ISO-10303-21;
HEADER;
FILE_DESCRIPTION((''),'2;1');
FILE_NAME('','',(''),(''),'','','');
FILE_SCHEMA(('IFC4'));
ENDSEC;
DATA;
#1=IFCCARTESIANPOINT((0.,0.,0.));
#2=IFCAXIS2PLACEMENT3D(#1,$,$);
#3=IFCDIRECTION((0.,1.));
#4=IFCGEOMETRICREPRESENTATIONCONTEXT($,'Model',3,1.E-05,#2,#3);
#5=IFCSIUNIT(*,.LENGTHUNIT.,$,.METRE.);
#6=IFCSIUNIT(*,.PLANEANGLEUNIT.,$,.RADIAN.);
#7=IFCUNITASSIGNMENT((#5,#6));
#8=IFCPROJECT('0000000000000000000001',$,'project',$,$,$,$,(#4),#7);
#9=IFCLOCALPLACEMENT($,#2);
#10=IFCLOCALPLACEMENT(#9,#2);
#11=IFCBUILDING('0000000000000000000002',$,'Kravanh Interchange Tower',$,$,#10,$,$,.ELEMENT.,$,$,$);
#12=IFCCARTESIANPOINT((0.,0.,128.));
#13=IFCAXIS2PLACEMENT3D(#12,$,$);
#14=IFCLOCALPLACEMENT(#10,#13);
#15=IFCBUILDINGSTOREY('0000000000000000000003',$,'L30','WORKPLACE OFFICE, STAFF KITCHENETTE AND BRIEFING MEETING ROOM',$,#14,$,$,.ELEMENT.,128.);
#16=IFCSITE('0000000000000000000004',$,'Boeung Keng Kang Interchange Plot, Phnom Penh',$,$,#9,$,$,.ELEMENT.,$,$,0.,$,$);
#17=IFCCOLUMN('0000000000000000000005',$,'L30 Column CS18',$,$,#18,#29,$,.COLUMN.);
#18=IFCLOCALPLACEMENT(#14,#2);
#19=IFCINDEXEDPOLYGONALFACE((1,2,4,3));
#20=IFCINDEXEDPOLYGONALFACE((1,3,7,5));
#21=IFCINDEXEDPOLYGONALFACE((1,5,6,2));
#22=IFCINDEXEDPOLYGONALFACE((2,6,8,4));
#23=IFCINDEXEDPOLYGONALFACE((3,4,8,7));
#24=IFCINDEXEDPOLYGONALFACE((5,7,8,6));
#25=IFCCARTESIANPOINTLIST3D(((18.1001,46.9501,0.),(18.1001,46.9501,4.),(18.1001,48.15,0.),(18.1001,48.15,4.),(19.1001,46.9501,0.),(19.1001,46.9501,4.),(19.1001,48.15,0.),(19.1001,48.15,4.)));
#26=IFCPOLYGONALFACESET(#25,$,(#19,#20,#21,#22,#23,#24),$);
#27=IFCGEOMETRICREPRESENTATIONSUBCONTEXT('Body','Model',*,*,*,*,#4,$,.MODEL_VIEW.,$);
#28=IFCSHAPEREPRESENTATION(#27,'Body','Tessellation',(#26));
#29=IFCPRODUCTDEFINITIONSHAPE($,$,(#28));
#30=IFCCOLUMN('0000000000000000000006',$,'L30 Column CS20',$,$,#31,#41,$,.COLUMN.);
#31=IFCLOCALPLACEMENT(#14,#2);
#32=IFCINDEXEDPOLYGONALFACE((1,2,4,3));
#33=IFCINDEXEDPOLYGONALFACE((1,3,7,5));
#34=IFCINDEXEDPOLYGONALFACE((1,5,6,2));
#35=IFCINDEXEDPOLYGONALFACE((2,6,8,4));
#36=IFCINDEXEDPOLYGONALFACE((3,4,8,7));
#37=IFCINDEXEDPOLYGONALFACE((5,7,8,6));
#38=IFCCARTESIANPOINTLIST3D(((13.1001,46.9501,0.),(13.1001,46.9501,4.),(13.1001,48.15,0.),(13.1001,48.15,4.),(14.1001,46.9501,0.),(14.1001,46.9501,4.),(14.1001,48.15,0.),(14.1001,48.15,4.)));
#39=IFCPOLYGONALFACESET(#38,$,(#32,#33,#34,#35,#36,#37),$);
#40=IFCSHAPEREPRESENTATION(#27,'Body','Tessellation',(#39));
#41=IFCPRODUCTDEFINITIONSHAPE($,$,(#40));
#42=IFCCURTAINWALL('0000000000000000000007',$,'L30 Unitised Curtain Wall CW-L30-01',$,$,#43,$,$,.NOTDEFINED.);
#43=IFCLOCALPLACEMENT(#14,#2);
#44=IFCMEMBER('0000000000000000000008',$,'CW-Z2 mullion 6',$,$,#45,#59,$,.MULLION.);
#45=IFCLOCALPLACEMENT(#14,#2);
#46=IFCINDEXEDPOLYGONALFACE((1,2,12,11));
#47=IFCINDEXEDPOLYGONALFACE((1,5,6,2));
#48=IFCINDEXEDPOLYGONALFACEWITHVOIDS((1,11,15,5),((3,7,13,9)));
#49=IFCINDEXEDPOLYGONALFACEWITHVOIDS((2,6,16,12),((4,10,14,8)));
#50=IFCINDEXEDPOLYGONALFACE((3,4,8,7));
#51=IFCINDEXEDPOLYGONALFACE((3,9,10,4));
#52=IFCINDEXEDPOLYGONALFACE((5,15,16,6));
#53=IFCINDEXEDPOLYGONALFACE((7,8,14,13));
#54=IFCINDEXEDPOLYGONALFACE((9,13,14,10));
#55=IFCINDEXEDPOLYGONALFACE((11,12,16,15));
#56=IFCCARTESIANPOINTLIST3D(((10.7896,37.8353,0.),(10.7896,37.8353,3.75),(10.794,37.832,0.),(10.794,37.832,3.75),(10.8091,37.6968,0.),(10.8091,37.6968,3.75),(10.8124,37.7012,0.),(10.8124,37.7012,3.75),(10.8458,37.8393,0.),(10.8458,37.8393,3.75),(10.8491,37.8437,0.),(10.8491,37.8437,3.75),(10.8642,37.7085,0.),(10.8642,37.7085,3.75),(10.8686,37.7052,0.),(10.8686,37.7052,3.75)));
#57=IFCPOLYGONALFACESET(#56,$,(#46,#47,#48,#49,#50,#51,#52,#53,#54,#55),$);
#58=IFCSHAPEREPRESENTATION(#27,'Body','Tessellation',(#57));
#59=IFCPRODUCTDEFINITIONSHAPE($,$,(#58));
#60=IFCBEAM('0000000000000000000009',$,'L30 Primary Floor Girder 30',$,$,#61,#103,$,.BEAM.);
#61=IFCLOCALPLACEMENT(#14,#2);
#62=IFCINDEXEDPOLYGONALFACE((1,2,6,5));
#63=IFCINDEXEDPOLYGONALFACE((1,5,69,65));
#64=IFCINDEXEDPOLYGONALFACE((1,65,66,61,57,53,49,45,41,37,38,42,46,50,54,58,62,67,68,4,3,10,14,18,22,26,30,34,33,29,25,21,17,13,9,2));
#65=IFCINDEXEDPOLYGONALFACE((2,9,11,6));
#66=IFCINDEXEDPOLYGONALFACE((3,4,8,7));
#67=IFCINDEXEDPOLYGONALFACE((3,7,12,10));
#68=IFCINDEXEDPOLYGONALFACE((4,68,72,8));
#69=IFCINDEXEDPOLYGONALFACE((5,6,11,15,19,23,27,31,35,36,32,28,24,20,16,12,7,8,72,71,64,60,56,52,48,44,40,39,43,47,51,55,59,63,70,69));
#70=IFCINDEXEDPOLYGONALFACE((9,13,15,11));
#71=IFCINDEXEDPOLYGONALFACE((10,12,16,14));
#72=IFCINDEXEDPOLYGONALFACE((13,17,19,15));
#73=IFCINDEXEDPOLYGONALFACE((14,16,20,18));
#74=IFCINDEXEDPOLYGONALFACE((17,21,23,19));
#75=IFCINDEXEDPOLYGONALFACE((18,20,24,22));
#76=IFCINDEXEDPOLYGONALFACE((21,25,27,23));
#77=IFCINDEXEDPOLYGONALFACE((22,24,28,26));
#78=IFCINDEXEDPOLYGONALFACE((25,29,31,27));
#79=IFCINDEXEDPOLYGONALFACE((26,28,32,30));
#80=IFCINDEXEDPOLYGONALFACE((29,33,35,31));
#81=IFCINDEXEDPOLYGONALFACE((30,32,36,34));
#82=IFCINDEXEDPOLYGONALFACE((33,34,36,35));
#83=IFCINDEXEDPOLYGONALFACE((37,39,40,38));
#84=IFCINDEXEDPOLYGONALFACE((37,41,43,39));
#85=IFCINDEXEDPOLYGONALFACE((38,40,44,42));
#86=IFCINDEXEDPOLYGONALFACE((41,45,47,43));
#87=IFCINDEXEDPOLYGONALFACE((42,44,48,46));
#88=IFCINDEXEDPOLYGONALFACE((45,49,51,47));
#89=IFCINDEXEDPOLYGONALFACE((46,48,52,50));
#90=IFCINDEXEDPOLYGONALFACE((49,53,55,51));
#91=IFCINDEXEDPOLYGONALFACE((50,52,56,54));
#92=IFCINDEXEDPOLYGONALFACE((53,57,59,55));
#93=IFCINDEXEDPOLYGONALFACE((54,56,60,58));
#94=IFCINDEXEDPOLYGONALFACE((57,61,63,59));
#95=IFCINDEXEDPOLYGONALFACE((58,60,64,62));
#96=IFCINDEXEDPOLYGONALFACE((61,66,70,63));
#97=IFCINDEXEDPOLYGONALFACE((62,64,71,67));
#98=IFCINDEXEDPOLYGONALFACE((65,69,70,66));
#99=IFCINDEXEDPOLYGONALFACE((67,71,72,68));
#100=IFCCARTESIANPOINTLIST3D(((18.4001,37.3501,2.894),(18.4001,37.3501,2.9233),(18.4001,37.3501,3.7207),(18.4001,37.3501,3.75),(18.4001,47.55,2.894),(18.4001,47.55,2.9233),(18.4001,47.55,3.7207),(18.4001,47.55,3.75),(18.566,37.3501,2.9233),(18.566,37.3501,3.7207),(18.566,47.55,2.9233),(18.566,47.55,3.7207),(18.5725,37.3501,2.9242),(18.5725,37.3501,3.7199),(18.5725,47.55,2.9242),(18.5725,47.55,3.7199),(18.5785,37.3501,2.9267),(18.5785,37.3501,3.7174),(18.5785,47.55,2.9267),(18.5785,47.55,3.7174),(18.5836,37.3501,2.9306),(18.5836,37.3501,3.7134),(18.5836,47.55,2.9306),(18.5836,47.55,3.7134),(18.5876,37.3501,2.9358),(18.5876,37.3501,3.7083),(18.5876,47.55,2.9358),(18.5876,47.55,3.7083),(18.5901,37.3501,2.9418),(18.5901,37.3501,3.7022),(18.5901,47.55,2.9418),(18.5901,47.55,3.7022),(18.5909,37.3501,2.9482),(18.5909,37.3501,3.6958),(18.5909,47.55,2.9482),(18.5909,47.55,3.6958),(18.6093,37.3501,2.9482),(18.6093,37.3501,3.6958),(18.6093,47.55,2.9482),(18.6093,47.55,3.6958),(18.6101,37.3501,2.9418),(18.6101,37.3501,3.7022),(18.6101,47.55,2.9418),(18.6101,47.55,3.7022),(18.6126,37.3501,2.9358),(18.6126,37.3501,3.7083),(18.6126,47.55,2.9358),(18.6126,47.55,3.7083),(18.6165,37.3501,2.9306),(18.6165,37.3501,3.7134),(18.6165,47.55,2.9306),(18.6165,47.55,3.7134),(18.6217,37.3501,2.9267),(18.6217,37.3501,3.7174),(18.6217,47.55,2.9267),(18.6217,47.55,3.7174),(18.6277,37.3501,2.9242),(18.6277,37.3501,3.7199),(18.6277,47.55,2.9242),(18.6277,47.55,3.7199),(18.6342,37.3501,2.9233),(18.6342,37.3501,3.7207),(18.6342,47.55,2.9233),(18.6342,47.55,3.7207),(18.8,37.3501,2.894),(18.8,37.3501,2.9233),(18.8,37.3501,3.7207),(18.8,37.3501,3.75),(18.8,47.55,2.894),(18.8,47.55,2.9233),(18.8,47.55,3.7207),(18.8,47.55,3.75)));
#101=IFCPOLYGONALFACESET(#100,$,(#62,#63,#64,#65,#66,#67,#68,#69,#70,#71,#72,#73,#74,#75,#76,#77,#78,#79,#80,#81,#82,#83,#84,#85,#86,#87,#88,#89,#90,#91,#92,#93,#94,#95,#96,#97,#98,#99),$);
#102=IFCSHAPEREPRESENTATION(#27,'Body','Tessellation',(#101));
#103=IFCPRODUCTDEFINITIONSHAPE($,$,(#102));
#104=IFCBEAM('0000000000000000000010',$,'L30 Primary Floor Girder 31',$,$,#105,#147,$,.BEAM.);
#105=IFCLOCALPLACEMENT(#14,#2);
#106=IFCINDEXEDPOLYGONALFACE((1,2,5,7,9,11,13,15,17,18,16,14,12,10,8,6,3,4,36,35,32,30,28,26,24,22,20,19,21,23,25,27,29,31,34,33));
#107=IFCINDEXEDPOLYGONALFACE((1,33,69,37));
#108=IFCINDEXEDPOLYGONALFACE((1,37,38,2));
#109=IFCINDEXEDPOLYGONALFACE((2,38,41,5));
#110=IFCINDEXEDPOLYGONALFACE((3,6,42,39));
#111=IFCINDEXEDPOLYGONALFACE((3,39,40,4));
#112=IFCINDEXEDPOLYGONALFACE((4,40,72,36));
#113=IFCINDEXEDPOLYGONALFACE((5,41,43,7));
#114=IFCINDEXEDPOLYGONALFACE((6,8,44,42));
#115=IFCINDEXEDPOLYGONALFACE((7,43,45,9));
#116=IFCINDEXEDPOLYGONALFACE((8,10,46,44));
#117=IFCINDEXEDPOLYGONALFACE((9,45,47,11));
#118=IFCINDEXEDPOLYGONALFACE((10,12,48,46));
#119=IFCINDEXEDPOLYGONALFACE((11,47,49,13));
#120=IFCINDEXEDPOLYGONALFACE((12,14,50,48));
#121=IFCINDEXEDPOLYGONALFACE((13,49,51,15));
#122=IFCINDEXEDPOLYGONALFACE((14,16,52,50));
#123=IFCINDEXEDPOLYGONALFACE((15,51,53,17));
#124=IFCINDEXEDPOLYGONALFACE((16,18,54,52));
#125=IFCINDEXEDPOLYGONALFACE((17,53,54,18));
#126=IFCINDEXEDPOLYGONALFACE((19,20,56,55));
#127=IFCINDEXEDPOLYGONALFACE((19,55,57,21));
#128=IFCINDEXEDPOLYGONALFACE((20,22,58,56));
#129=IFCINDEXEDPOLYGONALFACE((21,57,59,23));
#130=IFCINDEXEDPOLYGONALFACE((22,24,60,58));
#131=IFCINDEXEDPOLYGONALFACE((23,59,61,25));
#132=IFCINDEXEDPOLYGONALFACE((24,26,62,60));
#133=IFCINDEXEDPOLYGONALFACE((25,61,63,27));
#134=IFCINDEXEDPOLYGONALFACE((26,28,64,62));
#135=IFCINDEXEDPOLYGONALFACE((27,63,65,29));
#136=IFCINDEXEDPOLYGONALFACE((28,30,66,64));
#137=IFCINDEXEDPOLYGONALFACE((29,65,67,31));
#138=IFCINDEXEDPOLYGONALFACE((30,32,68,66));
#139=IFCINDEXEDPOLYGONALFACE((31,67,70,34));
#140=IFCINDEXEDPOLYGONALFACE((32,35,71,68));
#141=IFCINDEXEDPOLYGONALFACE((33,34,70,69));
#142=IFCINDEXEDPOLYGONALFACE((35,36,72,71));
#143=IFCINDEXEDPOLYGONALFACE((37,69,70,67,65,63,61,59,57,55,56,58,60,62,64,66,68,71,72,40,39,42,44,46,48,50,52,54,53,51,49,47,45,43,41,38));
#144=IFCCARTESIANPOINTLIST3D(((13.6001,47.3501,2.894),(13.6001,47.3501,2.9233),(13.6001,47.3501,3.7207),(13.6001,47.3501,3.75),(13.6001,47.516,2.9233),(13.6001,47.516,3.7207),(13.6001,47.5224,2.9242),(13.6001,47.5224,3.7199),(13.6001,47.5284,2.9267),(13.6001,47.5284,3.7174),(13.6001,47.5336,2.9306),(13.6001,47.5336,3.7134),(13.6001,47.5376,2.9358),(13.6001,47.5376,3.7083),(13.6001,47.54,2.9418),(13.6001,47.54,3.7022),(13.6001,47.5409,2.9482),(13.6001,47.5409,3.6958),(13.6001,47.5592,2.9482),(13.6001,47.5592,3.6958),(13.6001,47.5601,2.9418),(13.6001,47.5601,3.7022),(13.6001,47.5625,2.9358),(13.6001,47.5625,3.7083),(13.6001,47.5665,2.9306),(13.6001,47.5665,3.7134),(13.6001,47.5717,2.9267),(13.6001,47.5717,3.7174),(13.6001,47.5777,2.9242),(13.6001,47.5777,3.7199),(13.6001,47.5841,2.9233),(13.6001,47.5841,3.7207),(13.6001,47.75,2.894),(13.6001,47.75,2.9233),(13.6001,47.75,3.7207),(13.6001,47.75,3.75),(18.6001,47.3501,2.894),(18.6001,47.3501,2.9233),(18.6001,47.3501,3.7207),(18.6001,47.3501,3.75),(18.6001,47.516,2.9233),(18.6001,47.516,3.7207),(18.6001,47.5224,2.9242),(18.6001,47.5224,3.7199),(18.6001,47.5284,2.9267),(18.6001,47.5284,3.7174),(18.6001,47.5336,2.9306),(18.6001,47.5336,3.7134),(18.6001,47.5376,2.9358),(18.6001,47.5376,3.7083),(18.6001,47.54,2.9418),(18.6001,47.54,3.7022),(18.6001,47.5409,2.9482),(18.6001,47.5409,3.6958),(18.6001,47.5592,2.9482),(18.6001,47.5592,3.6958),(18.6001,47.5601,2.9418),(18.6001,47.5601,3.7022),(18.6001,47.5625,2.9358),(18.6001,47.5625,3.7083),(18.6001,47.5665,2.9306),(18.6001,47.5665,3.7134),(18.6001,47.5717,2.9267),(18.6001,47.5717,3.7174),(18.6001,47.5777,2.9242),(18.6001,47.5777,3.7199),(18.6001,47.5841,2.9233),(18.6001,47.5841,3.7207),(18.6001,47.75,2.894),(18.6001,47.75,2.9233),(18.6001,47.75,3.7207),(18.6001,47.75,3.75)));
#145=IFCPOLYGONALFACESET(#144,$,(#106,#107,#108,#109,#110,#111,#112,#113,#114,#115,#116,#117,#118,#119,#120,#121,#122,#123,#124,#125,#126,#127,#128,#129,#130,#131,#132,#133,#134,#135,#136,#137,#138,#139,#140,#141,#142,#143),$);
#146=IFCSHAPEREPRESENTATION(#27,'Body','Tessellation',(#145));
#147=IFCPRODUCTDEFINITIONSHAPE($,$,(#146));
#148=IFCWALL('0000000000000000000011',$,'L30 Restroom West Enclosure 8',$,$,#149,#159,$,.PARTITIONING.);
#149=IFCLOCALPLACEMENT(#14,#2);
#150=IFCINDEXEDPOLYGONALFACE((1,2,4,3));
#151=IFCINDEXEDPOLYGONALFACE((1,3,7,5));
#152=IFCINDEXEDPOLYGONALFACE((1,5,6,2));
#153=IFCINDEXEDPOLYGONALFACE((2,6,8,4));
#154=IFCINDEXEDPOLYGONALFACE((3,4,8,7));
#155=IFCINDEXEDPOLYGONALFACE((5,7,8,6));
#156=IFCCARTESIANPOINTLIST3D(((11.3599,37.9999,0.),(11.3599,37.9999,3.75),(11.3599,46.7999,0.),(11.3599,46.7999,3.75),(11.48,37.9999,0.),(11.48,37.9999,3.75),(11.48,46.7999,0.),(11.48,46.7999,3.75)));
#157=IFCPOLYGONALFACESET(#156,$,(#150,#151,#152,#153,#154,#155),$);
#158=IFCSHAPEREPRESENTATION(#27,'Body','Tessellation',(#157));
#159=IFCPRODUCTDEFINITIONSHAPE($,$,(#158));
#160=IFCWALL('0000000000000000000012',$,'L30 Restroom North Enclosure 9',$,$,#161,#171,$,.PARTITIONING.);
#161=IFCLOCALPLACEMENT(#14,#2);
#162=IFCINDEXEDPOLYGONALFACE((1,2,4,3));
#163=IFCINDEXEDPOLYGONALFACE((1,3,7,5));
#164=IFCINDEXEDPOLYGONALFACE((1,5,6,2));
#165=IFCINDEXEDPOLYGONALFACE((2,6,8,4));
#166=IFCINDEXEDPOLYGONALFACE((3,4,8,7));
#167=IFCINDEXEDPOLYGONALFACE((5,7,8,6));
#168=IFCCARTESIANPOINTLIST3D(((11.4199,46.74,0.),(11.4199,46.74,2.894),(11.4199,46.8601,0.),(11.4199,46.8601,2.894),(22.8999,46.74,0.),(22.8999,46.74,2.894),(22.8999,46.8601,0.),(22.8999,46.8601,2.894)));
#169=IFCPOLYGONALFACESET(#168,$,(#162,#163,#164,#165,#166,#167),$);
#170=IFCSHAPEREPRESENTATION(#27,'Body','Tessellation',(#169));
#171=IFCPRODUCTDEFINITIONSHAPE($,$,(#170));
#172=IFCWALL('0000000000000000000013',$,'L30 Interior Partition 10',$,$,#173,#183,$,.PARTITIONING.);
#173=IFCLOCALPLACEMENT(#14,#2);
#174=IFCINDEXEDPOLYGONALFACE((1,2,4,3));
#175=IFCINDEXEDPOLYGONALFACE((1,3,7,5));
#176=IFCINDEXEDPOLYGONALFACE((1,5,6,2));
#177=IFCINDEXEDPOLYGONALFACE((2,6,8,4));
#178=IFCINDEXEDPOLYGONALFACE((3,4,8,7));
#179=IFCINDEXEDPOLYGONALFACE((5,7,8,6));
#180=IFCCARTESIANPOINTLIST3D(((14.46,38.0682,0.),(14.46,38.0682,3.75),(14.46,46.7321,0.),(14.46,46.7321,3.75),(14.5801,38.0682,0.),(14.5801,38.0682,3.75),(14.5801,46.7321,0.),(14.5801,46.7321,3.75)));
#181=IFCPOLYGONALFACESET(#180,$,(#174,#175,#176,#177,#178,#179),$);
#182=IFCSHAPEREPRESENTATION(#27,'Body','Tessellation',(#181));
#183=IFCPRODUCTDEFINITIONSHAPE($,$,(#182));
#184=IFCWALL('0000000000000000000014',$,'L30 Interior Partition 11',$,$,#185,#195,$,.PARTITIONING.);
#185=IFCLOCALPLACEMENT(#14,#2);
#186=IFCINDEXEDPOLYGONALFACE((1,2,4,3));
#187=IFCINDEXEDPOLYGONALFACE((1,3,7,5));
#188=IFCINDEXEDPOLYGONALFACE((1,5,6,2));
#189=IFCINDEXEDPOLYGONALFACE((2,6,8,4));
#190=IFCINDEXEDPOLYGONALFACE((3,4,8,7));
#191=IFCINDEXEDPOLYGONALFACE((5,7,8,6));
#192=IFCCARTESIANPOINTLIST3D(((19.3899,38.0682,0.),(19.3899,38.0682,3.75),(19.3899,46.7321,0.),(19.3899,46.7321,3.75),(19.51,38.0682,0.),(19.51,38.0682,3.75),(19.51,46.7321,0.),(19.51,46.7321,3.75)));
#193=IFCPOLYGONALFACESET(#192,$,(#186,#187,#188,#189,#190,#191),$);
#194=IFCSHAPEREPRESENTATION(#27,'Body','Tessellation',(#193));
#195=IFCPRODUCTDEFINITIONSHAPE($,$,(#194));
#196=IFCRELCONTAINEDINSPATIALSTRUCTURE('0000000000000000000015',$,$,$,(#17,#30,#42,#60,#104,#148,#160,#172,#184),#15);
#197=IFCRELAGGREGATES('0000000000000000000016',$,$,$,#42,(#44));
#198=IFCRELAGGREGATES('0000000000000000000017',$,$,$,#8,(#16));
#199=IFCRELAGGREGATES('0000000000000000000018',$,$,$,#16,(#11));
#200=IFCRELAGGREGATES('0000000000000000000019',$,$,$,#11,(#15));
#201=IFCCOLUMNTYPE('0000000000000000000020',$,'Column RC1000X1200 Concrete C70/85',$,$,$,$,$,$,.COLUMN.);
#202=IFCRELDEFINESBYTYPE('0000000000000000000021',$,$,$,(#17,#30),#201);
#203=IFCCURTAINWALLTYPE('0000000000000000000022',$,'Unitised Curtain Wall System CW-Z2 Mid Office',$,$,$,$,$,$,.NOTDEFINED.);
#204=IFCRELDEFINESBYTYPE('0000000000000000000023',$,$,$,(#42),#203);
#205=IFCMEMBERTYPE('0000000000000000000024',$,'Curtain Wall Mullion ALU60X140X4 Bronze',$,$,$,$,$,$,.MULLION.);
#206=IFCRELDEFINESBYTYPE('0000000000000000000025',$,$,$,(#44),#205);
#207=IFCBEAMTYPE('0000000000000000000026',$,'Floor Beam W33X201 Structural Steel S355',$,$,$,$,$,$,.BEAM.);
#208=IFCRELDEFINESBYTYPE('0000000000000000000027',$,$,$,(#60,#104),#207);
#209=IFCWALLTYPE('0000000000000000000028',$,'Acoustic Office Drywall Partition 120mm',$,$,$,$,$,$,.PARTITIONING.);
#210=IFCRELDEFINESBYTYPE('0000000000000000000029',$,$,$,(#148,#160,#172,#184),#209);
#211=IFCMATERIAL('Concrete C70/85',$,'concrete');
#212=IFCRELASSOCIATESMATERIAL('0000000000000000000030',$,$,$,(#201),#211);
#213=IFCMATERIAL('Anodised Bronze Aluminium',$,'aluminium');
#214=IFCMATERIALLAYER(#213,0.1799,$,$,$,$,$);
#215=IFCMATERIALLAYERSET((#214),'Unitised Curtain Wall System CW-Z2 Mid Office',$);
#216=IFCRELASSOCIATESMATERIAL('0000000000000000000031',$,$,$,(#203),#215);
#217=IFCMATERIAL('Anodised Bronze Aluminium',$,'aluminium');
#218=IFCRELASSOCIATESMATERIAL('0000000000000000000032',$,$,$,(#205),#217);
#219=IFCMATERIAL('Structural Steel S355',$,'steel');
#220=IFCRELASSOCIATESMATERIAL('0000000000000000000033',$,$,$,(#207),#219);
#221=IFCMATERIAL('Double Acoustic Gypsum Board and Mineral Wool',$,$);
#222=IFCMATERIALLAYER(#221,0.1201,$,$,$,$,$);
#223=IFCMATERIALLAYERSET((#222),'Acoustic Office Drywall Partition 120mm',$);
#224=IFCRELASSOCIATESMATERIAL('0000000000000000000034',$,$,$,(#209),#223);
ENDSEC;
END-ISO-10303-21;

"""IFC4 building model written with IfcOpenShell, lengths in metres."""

from ifc_helpers import new_model, si_unit, direction, frame, frame_2d, origin, origin_2d, place, context, subcontext, project, spatial, rectangle, hollow_rectangle, i_section, extrude, material, layer, layer_set, material_profile, profile_set, type_object, element, aggregate, save


model = new_model("IFC4")

# Units and contexts
model_context = context("Model", 3, precision=1e-05, world=origin(), true_north=direction((0.0, 1.0)))
body_context = subcontext(model_context, "Body", "Model", "MODEL_VIEW")
ifc_project = project(units=[si_unit("LENGTHUNIT", "METRE"), si_unit("PLANEANGLEUNIT", "RADIAN")], contexts=[model_context])

# Site, building, storey
site_placement = place(None, origin())
site = spatial("IfcSite", under=ifc_project, at=site_placement, Name="Boeung Keng Kang Interchange Plot, Phnom Penh", CompositionType="ELEMENT", RefElevation=0.0)
building_placement = place(site_placement, origin())
building = spatial("IfcBuilding", under=site, at=building_placement, Name="Kravanh Interchange Tower", CompositionType="ELEMENT")
storey_placement = place(building_placement, frame((0.0, 0.0, 128.0)))
storey = spatial("IfcBuildingStorey", under=building, at=storey_placement, Name="L30", Description="WORKPLACE OFFICE, STAFF KITCHENETTE AND BRIEFING MEETING ROOM", CompositionType="ELEMENT", Elevation=128.0)

# Columns
ifc_material_1 = material(Name="Concrete C70/85", Category="concrete")
ifc_material_profile_1 = material_profile(ifc_material_1, rectangle(XDim=1.0, YDim=1.2, at=origin_2d()), Name="RC1000X1200")
ifc_profile_set_1 = profile_set([ifc_material_profile_1], Name="Concrete C70/85")
column_type = type_object("IfcColumnType", Name="Column RC1000X1200 Concrete C70/85", PredefinedType="COLUMN", material=ifc_profile_set_1)
for number, where, z_axis, x_axis, name in (
    (1, (18.6001, 47.55, 0.0), (0.0, 0.0, 1.0), (1.0, 0.0, 0.0), "L30 Column CS18"),
    (2, (13.6001, 47.55, 0.0), (0.0, 0.0, 1.0), (1.0, 0.0, 0.0), "L30 Column CS20"),
):
    element("IfcColumn", number, at=place(storey_placement, frame(where, z_axis=z_axis, x_axis=x_axis)), inside=storey, type_object=column_type, Name=name, PredefinedType="COLUMN", context=body_context, shape_type="SweptSolid", body=[
        extrude(rectangle(XDim=1.0, YDim=1.2, at=origin_2d()), origin(), (0.0, 0.0, 1.0), 4.0),
    ])

# Curtain wall, member
ifc_material_2 = material(Name="Anodised Bronze Aluminium", Category="aluminium")
ifc_layer_1 = layer(ifc_material_2, 0.1799)
ifc_layer_set_1 = layer_set([ifc_layer_1], Name="Unitised Curtain Wall System CW-Z2 Mid Office")
curtain_wall_type = type_object("IfcCurtainWallType", Name="Unitised Curtain Wall System CW-Z2 Mid Office", PredefinedType="NOTDEFINED", material=ifc_layer_set_1)
curtain_wall_placement = place(storey_placement, origin())
curtain_wall = element("IfcCurtainWall", 3, at=curtain_wall_placement, inside=storey, type_object=curtain_wall_type, Name="L30 Unitised Curtain Wall CW-L30-01", PredefinedType="NOTDEFINED")
ifc_material_3 = material(Name="Anodised Bronze Aluminium", Category="aluminium")
ifc_material_profile_2 = material_profile(ifc_material_3, hollow_rectangle(XDim=0.0601, YDim=0.1399, WallThickness=0.0039, at=origin_2d()), Name="ALU60X140X4")
ifc_profile_set_2 = profile_set([ifc_material_profile_2], Name="Anodised Bronze Aluminium")
member_type = type_object("IfcMemberType", Name="Curtain Wall Mullion ALU60X140X4 Bronze", PredefinedType="MULLION", material=ifc_profile_set_2)
member_placement = place(storey_placement, frame((10.8291, 37.7703, 0.0), z_axis=(0.0, 0.0, 1.0), x_axis=(-0.990268, -0.139173, 0.0)))
member = element("IfcMember", 4, at=member_placement, type_object=member_type, Name="CW-Z2 mullion 6", PredefinedType="MULLION", context=body_context, shape_type="SweptSolid", body=[
    extrude(hollow_rectangle(XDim=0.0601, YDim=0.1399, WallThickness=0.0039, at=origin_2d()), origin(), (0.0, 0.0, 1.0), 3.75),
])
aggregate(curtain_wall, [member])

# Beams
ifc_material_4 = material(Name="Structural Steel S355", Category="steel")
ifc_material_profile_3 = material_profile(ifc_material_4, i_section(OverallWidth=0.3999, OverallDepth=0.856, WebThickness=0.0183, FlangeThickness=0.0293, FilletRadius=0.0249, at=origin_2d()), Name="W33X201")
ifc_profile_set_3 = profile_set([ifc_material_profile_3], Name="Structural Steel S355")
beam_type = type_object("IfcBeamType", Name="Floor Beam W33X201 Structural Steel S355", PredefinedType="BEAM", material=ifc_profile_set_3)
beam_1_placement = place(storey_placement, frame((18.6001, 37.3501, 3.322), z_axis=(0.0, 1.0, 0.0), x_axis=(-1.0, 0.0, 0.0)))
element("IfcBeam", 5, at=beam_1_placement, inside=storey, type_object=beam_type, Name="L30 Primary Floor Girder 30", PredefinedType="BEAM", context=body_context, shape_type="SweptSolid", body=[
    extrude(i_section(OverallWidth=0.3999, OverallDepth=0.856, WebThickness=0.0183, FlangeThickness=0.0293, FilletRadius=0.0249, at=origin_2d()), origin(), (0.0, 0.0, 1.0), 10.2),
])
beam_2_placement = place(storey_placement, frame((18.6001, 47.55, 3.322), z_axis=(-1.0, 0.0, 0.0), x_axis=(0.0, -1.0, 0.0)))
element("IfcBeam", 6, at=beam_2_placement, inside=storey, type_object=beam_type, Name="L30 Primary Floor Girder 31", PredefinedType="BEAM", context=body_context, shape_type="SweptSolid", body=[
    extrude(i_section(OverallWidth=0.3999, OverallDepth=0.856, WebThickness=0.0183, FlangeThickness=0.0293, FilletRadius=0.0249, at=origin_2d()), origin(), (0.0, 0.0, 1.0), 5.0),
])

# Shared definitions
ifc_material_5 = material(Name="Double Acoustic Gypsum Board and Mineral Wool")
ifc_layer_2 = layer(ifc_material_5, 0.1201)
ifc_layer_set_2 = layer_set([ifc_layer_2], Name="Acoustic Office Drywall Partition 120mm")
wall_type_1 = type_object("IfcWallType", Name="Acoustic Office Drywall Partition 120mm", PredefinedType="PARTITIONING", material=ifc_layer_set_2)

# Walls
wall_1_placement = place(storey_placement, frame((11.4199, 38.0, 0.0), z_axis=(0.0, 0.0, 1.0), x_axis=(0.0, 1.0, 0.0)))
element("IfcWall", 7, at=wall_1_placement, inside=storey, type_object=wall_type_1, Name="L30 Restroom West Enclosure 8", PredefinedType="PARTITIONING", context=body_context, shape_type="SweptSolid", body=[
    extrude(rectangle(XDim=8.8, YDim=0.1201, at=frame_2d((4.3999, 0.0))), origin(), (0.0, 0.0, 1.0), 3.75),
])
wall_2_placement = place(storey_placement, frame((11.4199, 46.8, 0.0), z_axis=(0.0, 0.0, 1.0), x_axis=(1.0, 0.0, 0.0)))
element("IfcWall", 8, at=wall_2_placement, inside=storey, type_object=wall_type_1, Name="L30 Restroom North Enclosure 9", PredefinedType="PARTITIONING", context=body_context, shape_type="SweptSolid", body=[
    extrude(rectangle(XDim=11.48, YDim=0.1201, at=frame_2d((5.74, 0.0))), origin(), (0.0, 0.0, 1.0), 2.894),
])
for number, where, z_axis, x_axis, name in (
    (9, (14.52, 38.0681, 0.0), (0.0, 0.0, 1.0), (0.0, 1.0, 0.0), "L30 Interior Partition 10"),
    (10, (19.45, 38.0681, 0.0), (0.0, 0.0, 1.0), (0.0, 1.0, 0.0), "L30 Interior Partition 11"),
):
    element("IfcWall", number, at=place(storey_placement, frame(where, z_axis=z_axis, x_axis=x_axis)), inside=storey, type_object=wall_type_1, Name=name, PredefinedType="PARTITIONING", context=body_context, shape_type="SweptSolid", body=[
        extrude(rectangle(XDim=8.6638, YDim=0.1201, at=frame_2d((4.332, 0.0))), origin(), (0.0, 0.0, 1.0), 3.75),
    ])

save(model, "model.ifc")
